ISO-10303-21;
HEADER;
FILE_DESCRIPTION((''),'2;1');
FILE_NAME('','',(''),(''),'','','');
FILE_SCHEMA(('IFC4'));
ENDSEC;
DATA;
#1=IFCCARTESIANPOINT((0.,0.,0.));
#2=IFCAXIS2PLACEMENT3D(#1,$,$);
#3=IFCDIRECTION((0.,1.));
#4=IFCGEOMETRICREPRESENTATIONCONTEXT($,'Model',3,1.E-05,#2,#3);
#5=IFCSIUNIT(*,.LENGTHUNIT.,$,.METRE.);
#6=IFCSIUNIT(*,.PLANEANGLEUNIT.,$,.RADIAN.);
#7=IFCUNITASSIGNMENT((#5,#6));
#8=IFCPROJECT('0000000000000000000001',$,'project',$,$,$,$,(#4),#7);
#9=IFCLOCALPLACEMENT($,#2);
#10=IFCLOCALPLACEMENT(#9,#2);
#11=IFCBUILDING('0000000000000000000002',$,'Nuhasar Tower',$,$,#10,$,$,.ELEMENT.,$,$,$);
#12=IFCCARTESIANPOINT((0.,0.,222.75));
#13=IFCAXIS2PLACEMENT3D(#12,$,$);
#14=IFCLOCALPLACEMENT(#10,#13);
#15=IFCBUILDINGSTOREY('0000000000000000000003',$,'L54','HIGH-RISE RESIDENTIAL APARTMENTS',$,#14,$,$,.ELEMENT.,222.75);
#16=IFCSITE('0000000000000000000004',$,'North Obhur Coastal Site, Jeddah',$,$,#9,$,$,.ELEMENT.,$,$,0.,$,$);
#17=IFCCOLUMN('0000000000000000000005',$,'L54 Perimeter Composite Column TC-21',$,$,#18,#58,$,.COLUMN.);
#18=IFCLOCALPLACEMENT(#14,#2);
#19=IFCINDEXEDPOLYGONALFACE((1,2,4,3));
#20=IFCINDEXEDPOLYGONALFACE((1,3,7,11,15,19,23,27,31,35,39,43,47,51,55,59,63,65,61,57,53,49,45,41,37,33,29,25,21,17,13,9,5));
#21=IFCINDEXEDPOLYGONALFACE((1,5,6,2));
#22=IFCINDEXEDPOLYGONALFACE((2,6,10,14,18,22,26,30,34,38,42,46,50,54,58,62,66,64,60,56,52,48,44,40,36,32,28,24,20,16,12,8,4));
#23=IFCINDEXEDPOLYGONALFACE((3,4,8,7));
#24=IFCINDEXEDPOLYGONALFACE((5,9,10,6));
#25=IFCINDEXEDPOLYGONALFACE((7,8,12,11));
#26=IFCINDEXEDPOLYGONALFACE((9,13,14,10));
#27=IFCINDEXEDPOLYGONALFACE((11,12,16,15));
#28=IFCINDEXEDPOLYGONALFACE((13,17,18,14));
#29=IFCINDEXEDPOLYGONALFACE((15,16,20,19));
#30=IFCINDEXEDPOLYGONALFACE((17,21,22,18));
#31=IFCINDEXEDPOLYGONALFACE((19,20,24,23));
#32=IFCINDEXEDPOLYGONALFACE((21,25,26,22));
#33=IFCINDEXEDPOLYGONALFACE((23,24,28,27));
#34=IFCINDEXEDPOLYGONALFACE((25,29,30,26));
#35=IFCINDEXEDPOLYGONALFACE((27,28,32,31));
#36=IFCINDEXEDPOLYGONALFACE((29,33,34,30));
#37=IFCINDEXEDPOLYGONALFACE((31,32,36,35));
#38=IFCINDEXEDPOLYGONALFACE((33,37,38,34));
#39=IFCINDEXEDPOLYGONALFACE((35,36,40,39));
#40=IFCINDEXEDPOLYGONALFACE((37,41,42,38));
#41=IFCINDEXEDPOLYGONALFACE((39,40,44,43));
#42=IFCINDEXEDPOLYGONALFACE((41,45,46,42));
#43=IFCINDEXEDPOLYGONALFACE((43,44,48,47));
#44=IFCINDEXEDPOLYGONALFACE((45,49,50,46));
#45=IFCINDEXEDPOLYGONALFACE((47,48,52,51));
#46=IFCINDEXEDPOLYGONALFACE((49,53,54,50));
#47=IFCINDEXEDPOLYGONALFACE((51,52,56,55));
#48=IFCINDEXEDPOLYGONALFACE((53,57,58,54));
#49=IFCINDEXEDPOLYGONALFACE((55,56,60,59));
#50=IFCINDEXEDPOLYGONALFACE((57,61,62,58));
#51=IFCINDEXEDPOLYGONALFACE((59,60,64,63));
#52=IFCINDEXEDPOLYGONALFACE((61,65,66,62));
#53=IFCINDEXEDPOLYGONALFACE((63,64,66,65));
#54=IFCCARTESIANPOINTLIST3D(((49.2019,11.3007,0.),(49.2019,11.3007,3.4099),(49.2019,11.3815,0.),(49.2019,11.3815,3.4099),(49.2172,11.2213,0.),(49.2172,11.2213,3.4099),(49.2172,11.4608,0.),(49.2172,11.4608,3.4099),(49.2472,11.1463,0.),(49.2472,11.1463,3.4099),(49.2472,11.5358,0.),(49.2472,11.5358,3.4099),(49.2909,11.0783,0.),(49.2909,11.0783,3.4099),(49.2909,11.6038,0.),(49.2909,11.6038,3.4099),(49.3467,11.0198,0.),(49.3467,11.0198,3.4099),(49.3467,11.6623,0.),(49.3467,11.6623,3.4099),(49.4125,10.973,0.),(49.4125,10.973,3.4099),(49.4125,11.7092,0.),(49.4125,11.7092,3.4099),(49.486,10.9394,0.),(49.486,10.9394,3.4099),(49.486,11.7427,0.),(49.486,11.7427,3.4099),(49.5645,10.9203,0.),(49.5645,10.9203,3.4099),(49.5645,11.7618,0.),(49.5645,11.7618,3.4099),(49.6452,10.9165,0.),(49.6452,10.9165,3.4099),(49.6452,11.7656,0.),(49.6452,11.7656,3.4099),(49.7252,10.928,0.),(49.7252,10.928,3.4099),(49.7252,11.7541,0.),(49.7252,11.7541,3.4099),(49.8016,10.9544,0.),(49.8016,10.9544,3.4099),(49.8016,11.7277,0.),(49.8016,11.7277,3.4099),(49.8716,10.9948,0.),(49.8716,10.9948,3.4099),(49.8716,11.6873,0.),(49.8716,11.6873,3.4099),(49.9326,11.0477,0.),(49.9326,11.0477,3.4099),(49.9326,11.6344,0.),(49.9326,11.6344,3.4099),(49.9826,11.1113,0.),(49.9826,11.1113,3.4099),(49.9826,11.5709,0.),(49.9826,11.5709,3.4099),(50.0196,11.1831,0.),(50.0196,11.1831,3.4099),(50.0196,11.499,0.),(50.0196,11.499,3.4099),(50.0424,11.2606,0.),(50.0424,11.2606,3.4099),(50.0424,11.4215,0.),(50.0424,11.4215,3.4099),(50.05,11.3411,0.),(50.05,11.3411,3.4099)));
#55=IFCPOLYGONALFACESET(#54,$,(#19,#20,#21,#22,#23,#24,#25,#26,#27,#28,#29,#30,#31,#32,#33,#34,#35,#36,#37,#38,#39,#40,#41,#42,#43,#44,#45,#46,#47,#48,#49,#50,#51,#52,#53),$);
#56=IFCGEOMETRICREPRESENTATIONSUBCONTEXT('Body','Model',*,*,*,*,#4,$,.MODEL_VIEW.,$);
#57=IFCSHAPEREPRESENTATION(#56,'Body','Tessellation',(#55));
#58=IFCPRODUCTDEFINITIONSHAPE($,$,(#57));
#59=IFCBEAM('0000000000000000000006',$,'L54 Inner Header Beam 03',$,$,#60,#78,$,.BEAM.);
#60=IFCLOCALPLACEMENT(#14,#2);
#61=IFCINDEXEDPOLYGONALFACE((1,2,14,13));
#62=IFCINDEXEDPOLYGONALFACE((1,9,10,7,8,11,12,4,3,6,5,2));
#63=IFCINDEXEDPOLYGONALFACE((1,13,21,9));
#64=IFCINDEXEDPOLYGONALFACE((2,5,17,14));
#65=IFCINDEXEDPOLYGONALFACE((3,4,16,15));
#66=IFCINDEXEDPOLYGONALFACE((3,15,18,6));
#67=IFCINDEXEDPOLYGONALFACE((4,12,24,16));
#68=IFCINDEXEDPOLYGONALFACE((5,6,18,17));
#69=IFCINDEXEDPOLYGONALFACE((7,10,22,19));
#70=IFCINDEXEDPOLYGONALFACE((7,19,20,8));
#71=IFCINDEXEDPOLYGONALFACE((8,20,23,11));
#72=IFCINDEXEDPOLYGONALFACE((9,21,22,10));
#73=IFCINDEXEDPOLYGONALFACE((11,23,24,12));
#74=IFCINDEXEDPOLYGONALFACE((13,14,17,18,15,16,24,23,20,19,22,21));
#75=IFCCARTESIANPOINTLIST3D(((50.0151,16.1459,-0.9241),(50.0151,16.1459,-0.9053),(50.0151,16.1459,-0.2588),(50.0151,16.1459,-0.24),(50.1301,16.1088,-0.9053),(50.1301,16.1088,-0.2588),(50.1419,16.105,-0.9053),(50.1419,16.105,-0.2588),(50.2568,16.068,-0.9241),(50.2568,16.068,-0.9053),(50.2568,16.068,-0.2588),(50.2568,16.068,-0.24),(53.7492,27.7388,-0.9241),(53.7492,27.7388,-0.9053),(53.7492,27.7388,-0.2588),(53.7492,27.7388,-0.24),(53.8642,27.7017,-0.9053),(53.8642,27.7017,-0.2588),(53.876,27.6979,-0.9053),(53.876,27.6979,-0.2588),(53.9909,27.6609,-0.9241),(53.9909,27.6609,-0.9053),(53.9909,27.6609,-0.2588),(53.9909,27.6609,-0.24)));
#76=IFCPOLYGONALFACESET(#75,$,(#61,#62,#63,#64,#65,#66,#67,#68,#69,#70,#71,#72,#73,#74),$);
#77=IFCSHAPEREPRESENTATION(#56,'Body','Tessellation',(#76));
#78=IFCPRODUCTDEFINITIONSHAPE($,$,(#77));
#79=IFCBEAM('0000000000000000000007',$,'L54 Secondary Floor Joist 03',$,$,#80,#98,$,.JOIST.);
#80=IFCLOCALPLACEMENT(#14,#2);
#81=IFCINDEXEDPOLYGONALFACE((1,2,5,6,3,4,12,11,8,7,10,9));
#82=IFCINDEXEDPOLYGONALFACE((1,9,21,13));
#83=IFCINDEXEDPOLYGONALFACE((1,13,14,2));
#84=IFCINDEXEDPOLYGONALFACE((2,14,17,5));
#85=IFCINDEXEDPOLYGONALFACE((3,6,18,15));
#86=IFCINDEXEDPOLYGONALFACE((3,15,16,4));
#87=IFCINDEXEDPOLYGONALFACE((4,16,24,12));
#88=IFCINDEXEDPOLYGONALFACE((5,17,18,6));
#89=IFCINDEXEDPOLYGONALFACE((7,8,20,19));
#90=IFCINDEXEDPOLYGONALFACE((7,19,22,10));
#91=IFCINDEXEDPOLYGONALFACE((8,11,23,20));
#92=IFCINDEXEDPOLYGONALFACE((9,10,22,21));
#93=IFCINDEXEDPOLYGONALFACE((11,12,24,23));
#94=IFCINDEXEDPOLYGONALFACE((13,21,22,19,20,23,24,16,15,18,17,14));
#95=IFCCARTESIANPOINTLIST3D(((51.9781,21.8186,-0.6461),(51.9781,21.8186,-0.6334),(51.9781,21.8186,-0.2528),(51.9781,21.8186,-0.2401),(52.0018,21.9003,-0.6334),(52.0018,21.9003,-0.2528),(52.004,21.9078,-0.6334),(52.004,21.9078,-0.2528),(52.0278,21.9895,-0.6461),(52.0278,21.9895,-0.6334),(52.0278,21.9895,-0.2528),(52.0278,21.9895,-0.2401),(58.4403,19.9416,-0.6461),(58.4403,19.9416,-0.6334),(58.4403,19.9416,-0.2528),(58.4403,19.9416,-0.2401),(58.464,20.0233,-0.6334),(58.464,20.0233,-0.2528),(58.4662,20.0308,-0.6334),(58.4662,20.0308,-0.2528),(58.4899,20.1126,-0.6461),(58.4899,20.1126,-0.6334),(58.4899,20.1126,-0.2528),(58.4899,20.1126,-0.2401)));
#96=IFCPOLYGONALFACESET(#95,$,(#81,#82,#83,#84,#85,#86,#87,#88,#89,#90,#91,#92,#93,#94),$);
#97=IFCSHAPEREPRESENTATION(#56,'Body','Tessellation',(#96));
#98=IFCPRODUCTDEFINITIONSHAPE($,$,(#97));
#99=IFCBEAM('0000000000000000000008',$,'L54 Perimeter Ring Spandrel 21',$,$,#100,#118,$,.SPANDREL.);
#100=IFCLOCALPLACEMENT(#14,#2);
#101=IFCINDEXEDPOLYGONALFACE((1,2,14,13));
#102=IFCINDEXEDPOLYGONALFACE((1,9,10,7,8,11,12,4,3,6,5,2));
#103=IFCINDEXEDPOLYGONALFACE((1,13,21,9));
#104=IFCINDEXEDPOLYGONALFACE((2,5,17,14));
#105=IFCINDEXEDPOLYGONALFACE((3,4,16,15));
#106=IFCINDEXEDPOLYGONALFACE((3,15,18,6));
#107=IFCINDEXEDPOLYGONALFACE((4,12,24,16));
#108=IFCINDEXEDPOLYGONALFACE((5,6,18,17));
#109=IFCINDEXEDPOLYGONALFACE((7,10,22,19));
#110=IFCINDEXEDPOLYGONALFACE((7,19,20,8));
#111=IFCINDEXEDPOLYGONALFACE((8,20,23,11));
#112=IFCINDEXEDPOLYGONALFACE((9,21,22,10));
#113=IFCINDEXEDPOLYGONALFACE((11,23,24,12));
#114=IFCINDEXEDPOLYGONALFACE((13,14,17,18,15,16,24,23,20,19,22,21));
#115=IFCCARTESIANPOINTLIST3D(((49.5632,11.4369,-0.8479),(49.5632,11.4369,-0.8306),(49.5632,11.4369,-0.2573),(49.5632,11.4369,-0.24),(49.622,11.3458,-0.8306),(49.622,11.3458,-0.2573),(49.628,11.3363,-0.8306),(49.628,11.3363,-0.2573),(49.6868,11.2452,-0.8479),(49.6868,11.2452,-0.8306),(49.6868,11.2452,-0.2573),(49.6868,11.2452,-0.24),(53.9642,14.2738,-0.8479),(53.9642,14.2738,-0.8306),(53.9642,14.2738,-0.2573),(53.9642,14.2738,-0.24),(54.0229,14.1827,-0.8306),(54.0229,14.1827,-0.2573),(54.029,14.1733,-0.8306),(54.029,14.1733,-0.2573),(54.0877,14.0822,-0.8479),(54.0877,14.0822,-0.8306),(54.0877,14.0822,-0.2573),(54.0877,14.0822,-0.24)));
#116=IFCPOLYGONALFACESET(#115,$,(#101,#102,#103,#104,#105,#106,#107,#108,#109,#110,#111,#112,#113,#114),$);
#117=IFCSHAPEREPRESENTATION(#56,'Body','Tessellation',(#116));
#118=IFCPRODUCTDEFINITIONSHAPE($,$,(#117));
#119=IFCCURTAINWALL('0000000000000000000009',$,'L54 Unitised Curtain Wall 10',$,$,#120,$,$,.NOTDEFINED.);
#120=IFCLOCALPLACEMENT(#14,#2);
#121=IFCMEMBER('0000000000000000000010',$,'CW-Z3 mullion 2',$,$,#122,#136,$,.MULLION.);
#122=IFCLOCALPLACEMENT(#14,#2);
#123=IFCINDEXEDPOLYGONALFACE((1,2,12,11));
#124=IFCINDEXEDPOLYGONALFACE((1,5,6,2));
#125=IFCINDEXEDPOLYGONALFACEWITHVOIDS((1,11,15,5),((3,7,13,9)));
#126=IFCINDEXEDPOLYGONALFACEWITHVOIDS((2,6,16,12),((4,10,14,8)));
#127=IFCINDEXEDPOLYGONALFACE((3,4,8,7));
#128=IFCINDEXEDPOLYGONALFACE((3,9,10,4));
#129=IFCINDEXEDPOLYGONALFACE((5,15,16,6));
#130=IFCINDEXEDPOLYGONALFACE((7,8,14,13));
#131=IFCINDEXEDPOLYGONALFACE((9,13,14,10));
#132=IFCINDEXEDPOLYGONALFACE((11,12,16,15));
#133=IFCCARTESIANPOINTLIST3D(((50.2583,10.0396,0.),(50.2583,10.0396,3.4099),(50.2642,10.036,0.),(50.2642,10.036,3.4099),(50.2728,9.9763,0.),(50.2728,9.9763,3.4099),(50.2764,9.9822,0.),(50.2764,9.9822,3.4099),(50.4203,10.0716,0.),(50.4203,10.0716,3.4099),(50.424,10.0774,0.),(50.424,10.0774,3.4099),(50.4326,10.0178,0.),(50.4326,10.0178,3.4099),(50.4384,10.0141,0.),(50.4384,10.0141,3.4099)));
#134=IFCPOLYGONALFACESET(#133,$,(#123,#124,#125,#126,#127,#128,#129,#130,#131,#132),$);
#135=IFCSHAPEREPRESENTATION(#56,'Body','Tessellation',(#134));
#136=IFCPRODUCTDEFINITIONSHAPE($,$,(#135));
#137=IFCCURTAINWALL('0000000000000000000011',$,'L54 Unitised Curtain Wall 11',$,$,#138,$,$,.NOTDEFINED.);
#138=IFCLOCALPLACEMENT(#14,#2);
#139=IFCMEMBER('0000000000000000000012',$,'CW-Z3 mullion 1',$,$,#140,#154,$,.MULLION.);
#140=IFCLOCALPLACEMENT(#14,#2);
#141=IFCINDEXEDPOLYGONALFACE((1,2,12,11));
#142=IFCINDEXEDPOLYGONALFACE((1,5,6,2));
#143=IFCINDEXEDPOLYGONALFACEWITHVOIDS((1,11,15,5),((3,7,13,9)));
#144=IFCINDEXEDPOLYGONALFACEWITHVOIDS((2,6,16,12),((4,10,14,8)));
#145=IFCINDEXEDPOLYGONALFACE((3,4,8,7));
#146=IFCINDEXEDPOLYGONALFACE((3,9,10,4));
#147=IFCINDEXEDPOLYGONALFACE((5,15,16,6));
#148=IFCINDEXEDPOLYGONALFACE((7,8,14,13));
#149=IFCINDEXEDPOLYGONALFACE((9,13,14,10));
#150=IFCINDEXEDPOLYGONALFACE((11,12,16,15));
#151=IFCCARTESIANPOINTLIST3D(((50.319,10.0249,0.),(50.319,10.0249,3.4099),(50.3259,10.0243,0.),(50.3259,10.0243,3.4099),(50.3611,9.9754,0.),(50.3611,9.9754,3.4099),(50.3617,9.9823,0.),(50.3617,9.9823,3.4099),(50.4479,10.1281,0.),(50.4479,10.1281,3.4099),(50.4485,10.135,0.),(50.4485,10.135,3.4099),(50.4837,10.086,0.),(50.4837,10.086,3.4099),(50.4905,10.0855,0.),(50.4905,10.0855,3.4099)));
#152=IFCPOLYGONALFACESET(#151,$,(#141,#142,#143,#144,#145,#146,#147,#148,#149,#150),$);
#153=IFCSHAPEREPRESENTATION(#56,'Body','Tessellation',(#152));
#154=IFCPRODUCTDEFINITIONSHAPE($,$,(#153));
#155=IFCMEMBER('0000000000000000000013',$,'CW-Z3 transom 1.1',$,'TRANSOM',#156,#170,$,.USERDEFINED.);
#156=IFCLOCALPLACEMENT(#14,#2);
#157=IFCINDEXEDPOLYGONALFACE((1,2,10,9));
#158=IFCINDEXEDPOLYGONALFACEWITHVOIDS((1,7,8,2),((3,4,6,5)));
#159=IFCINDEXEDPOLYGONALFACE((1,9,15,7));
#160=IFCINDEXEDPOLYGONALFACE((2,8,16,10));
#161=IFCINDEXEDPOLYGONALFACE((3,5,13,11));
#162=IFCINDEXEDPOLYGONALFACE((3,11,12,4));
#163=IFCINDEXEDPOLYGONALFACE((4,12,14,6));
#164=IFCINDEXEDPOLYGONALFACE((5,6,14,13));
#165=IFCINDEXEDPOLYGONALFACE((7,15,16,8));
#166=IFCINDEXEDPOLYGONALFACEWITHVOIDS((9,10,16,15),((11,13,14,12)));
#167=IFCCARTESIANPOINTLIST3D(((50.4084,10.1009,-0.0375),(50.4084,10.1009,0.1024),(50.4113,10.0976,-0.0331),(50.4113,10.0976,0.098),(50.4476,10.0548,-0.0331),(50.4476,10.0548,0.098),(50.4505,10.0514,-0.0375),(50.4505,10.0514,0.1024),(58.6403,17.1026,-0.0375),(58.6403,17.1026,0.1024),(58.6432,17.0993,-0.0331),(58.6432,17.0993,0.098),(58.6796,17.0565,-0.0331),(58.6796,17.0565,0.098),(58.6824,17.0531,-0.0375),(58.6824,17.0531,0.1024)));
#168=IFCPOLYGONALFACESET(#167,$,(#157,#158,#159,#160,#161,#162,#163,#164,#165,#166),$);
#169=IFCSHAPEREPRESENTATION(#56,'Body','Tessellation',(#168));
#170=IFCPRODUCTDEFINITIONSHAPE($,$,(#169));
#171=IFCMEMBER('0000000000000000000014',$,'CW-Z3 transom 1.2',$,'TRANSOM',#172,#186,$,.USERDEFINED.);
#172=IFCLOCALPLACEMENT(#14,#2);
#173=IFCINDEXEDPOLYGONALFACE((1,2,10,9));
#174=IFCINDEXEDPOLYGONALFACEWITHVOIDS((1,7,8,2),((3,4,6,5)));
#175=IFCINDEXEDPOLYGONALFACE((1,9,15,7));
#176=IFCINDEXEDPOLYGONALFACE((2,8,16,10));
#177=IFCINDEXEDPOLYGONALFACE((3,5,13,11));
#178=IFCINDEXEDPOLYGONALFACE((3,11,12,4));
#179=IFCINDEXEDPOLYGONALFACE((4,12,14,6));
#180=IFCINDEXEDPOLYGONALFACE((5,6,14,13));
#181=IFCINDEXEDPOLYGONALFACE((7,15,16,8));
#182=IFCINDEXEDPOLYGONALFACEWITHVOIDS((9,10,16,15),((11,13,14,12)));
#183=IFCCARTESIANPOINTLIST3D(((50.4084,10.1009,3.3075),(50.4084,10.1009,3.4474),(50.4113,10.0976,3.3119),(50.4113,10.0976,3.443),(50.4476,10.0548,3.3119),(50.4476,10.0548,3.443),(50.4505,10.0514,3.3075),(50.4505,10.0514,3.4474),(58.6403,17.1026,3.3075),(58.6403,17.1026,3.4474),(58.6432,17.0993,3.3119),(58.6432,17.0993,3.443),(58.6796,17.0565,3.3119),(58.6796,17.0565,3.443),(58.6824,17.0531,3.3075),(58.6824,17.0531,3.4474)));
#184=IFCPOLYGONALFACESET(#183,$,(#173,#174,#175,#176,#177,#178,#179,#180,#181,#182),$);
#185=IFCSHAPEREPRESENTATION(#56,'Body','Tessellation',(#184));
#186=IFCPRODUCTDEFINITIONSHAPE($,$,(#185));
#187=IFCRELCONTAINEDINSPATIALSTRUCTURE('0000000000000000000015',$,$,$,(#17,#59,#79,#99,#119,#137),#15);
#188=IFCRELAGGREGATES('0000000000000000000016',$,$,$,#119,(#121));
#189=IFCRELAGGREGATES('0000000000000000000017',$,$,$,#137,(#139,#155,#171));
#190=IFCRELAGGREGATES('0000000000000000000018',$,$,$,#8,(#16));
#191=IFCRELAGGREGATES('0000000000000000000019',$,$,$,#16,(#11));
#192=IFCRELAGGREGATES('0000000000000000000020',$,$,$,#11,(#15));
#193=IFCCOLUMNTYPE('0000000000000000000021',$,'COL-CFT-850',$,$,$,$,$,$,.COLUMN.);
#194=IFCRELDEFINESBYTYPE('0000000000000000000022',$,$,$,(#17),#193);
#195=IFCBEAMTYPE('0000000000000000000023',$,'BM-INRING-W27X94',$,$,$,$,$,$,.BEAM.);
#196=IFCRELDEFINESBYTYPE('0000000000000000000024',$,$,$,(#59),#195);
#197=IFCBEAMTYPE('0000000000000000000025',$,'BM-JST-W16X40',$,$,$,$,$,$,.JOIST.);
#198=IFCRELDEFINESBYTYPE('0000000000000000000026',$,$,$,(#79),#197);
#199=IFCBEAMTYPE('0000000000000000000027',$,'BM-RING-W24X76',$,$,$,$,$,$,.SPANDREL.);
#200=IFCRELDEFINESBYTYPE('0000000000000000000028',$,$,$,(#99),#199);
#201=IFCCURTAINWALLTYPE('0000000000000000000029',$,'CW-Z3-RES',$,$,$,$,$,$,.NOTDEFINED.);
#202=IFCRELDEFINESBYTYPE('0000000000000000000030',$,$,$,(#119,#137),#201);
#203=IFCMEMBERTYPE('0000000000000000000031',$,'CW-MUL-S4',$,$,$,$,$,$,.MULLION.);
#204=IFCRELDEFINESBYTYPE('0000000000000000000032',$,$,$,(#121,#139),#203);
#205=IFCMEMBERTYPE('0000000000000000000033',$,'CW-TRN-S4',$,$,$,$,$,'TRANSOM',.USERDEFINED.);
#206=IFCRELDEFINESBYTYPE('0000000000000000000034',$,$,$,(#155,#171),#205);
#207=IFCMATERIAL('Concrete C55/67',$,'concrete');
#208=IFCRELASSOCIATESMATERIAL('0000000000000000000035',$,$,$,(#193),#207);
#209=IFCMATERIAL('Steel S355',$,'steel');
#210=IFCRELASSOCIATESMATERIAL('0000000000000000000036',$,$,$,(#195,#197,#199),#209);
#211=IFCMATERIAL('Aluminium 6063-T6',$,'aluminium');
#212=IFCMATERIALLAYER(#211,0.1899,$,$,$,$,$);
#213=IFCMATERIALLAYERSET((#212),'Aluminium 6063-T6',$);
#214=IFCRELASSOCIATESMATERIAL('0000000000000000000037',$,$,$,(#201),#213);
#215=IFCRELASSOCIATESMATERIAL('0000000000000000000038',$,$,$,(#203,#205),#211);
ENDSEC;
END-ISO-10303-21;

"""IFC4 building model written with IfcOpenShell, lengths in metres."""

from ifc_helpers import new_model, si_unit, direction, frame, origin, origin_2d, place, context, subcontext, project, spatial, hollow_rectangle, circle, i_section, extrude, material, layer, layer_set, material_profile, profile_set, type_object, element, aggregate, save


model = new_model("IFC4")

# Units and contexts
model_context = context("Model", 3, precision=1e-05, world=origin(), true_north=direction((0.0, 1.0)))
body_context = subcontext(model_context, "Body", "Model", "MODEL_VIEW")
ifc_project = project(units=[si_unit("LENGTHUNIT", "METRE"), si_unit("PLANEANGLEUNIT", "RADIAN")], contexts=[model_context])

# Site, building, storey
site_placement = place(None, origin())
site = spatial("IfcSite", under=ifc_project, at=site_placement, Name="North Obhur Coastal Site, Jeddah", CompositionType="ELEMENT", RefElevation=0.0)
building_placement = place(site_placement, origin())
building = spatial("IfcBuilding", under=site, at=building_placement, Name="Nuhasar Tower", CompositionType="ELEMENT")
storey_placement = place(building_placement, frame((0.0, 0.0, 222.75)))
storey = spatial("IfcBuildingStorey", under=building, at=storey_placement, Name="L54", Description="HIGH-RISE RESIDENTIAL APARTMENTS", CompositionType="ELEMENT", Elevation=222.75)

# Column
ifc_material_1 = material(Name="Concrete C55/67", Category="concrete")
ifc_material_profile_1 = material_profile(ifc_material_1, circle(Radius=0.425, at=origin_2d()), Name="CFT850")
ifc_profile_set_1 = profile_set([ifc_material_profile_1], Name="Concrete C55/67")
column_type = type_object("IfcColumnType", Name="COL-CFT-850", PredefinedType="COLUMN", material=ifc_profile_set_1)
column_placement = place(storey_placement, frame((49.625, 11.3411, 0.0), z_axis=(0.0, 0.0, 1.0), x_axis=(1.0, 0.0, 0.0)))
element("IfcColumn", 1, at=column_placement, inside=storey, type_object=column_type, Name="L54 Perimeter Composite Column TC-21", PredefinedType="COLUMN", context=body_context, shape_type="SweptSolid", body=[
    extrude(circle(Radius=0.425, at=origin_2d()), origin(), (0.0, 0.0, 1.0), 3.4099),
])

# Beams
ifc_material_2 = material(Name="Steel S355", Category="steel")
ifc_material_profile_2 = material_profile(ifc_material_2, i_section(OverallWidth=0.2539, OverallDepth=0.6841, WebThickness=0.0125, FlangeThickness=0.0188, at=origin_2d()), Name="W27X94")
ifc_profile_set_2 = profile_set([ifc_material_profile_2], Name="Steel S355")
beam_type_1 = type_object("IfcBeamType", Name="BM-INRING-W27X94", PredefinedType="BEAM", material=ifc_profile_set_2)
beam_1_placement = place(storey_placement, frame((50.136, 16.1069, -0.582), z_axis=(0.30659, 0.951842, 0.0), x_axis=(-0.951842, 0.30659, 0.0)))
element("IfcBeam", 2, at=beam_1_placement, inside=storey, type_object=beam_type_1, Name="L54 Inner Header Beam 03", PredefinedType="BEAM", context=body_context, shape_type="SweptSolid", body=[
    extrude(i_section(OverallWidth=0.2539, OverallDepth=0.6841, WebThickness=0.0125, FlangeThickness=0.0188, at=origin_2d()), origin(), (0.0, 0.0, 1.0), 12.1794),
])
ifc_material_profile_3 = material_profile(ifc_material_2, i_section(OverallWidth=0.178, OverallDepth=0.406, WebThickness=0.0078, FlangeThickness=0.0127, at=origin_2d()), Name="W16X40")
ifc_profile_set_3 = profile_set([ifc_material_profile_3], Name="Steel S355")
beam_type_2 = type_object("IfcBeamType", Name="BM-JST-W16X40", PredefinedType="JOIST", material=ifc_profile_set_3)
beam_2_placement = place(storey_placement, frame((52.0029, 21.9041, -0.4431), z_axis=(0.960313, -0.278926, 0.0), x_axis=(0.278926, 0.960313, 0.0)))
element("IfcBeam", 3, at=beam_2_placement, inside=storey, type_object=beam_type_2, Name="L54 Secondary Floor Joist 03", PredefinedType="JOIST", context=body_context, shape_type="SweptSolid", body=[
    extrude(i_section(OverallWidth=0.178, OverallDepth=0.406, WebThickness=0.0078, FlangeThickness=0.0127, at=origin_2d()), origin(), (0.0, 0.0, 1.0), 6.7292),
])
ifc_material_profile_4 = material_profile(ifc_material_2, i_section(OverallWidth=0.228, OverallDepth=0.6079, WebThickness=0.0112, FlangeThickness=0.0173, at=origin_2d()), Name="W24X76")
ifc_profile_set_4 = profile_set([ifc_material_profile_4], Name="Steel S355")
beam_type_3 = type_object("IfcBeamType", Name="BM-RING-W24X76", PredefinedType="SPANDREL", material=ifc_profile_set_4)
beam_3_placement = place(storey_placement, frame((49.625, 11.3411, -0.5439), z_axis=(0.840502, 0.541808, 0.0), x_axis=(-0.541808, 0.840502, 0.0)))
element("IfcBeam", 4, at=beam_3_placement, inside=storey, type_object=beam_type_3, Name="L54 Perimeter Ring Spandrel 21", PredefinedType="SPANDREL", context=body_context, shape_type="SweptSolid", body=[
    extrude(i_section(OverallWidth=0.228, OverallDepth=0.6079, WebThickness=0.0112, FlangeThickness=0.0173, at=origin_2d()), origin(), (0.0, 0.0, 1.0), 5.2361),
])

# Curtain wall, member
ifc_material_3 = material(Name="Aluminium 6063-T6", Category="aluminium")
ifc_layer_1 = layer(ifc_material_3, 0.1899)
ifc_layer_set_1 = layer_set([ifc_layer_1], Name="Aluminium 6063-T6")
curtain_wall_type = type_object("IfcCurtainWallType", Name="CW-Z3-RES", PredefinedType="NOTDEFINED", material=ifc_layer_set_1)
curtain_wall_1_placement = place(storey_placement, origin())
curtain_wall_1 = element("IfcCurtainWall", 5, at=curtain_wall_1_placement, inside=storey, type_object=curtain_wall_type, Name="L54 Unitised Curtain Wall 10", PredefinedType="NOTDEFINED")
ifc_material_profile_5 = material_profile(ifc_material_3, hollow_rectangle(XDim=0.0649, YDim=0.1699, WallThickness=0.0049, at=origin_2d()), Name="CWM-4")
ifc_profile_set_5 = profile_set([ifc_material_profile_5], Name="Aluminium 6063-T6")
member_type_1 = type_object("IfcMemberType", Name="CW-MUL-S4", PredefinedType="MULLION", material=ifc_profile_set_5)
member_1_placement = place(storey_placement, frame((50.3484, 10.0269, 0.0), z_axis=(0.0, 0.0, 1.0), x_axis=(-0.222243, 0.974991, 0.0)))
member_1 = element("IfcMember", 6, at=member_1_placement, type_object=member_type_1, Name="CW-Z3 mullion 2", PredefinedType="MULLION", context=body_context, shape_type="SweptSolid", body=[
    extrude(hollow_rectangle(XDim=0.0649, YDim=0.1699, WallThickness=0.0049, at=origin_2d()), origin(), (0.0, 0.0, 1.0), 3.4099),
])
aggregate(curtain_wall_1, [member_1])

# Curtain wall, members
curtain_wall_2_placement = place(storey_placement, origin())
curtain_wall_2 = element("IfcCurtainWall", 7, at=curtain_wall_2_placement, inside=storey, type_object=curtain_wall_type, Name="L54 Unitised Curtain Wall 11", PredefinedType="NOTDEFINED")
member_2_placement = place(storey_placement, frame((50.4048, 10.0552, 0.0), z_axis=(0.0, 0.0, 1.0), x_axis=(-0.647895, 0.761729, 0.0)))
member_2 = element("IfcMember", 8, at=member_2_placement, type_object=member_type_1, Name="CW-Z3 mullion 1", PredefinedType="MULLION", context=body_context, shape_type="SweptSolid", body=[
    extrude(hollow_rectangle(XDim=0.0649, YDim=0.1699, WallThickness=0.0049, at=origin_2d()), origin(), (0.0, 0.0, 1.0), 3.4099),
])
ifc_material_profile_6 = material_profile(ifc_material_3, hollow_rectangle(XDim=0.0649, YDim=0.1399, WallThickness=0.0044, at=origin_2d()), Name="CWT-4")
ifc_profile_set_6 = profile_set([ifc_material_profile_6], Name="Aluminium 6063-T6")
member_type_2 = type_object("IfcMemberType", Name="CW-TRN-S4", ElementType="TRANSOM", PredefinedType="USERDEFINED", material=ifc_profile_set_6)
member_3_placement = place(storey_placement, frame((50.4294, 10.0762, 0.0325), z_axis=(0.761731, 0.647894, 0.0), x_axis=(-0.647894, 0.761731, 0.0)))
member_3 = element("IfcMember", 9, at=member_3_placement, type_object=member_type_2, Name="CW-Z3 transom 1.1", ObjectType="TRANSOM", PredefinedType="USERDEFINED", context=body_context, shape_type="SweptSolid", body=[
    extrude(hollow_rectangle(XDim=0.0649, YDim=0.1399, WallThickness=0.0044, at=origin_2d()), origin(), (0.0, 0.0, 1.0), 10.8069),
])
member_4_placement = place(storey_placement, frame((50.4294, 10.0762, 3.3774), z_axis=(0.761731, 0.647894, 0.0), x_axis=(-0.647894, 0.761731, 0.0)))
member_4 = element("IfcMember", 10, at=member_4_placement, type_object=member_type_2, Name="CW-Z3 transom 1.2", ObjectType="TRANSOM", PredefinedType="USERDEFINED", context=body_context, shape_type="SweptSolid", body=[
    extrude(hollow_rectangle(XDim=0.0649, YDim=0.1399, WallThickness=0.0044, at=origin_2d()), origin(), (0.0, 0.0, 1.0), 10.8069),
])
aggregate(curtain_wall_2, [member_2, member_3, member_4])

save(model, "model.ifc")
